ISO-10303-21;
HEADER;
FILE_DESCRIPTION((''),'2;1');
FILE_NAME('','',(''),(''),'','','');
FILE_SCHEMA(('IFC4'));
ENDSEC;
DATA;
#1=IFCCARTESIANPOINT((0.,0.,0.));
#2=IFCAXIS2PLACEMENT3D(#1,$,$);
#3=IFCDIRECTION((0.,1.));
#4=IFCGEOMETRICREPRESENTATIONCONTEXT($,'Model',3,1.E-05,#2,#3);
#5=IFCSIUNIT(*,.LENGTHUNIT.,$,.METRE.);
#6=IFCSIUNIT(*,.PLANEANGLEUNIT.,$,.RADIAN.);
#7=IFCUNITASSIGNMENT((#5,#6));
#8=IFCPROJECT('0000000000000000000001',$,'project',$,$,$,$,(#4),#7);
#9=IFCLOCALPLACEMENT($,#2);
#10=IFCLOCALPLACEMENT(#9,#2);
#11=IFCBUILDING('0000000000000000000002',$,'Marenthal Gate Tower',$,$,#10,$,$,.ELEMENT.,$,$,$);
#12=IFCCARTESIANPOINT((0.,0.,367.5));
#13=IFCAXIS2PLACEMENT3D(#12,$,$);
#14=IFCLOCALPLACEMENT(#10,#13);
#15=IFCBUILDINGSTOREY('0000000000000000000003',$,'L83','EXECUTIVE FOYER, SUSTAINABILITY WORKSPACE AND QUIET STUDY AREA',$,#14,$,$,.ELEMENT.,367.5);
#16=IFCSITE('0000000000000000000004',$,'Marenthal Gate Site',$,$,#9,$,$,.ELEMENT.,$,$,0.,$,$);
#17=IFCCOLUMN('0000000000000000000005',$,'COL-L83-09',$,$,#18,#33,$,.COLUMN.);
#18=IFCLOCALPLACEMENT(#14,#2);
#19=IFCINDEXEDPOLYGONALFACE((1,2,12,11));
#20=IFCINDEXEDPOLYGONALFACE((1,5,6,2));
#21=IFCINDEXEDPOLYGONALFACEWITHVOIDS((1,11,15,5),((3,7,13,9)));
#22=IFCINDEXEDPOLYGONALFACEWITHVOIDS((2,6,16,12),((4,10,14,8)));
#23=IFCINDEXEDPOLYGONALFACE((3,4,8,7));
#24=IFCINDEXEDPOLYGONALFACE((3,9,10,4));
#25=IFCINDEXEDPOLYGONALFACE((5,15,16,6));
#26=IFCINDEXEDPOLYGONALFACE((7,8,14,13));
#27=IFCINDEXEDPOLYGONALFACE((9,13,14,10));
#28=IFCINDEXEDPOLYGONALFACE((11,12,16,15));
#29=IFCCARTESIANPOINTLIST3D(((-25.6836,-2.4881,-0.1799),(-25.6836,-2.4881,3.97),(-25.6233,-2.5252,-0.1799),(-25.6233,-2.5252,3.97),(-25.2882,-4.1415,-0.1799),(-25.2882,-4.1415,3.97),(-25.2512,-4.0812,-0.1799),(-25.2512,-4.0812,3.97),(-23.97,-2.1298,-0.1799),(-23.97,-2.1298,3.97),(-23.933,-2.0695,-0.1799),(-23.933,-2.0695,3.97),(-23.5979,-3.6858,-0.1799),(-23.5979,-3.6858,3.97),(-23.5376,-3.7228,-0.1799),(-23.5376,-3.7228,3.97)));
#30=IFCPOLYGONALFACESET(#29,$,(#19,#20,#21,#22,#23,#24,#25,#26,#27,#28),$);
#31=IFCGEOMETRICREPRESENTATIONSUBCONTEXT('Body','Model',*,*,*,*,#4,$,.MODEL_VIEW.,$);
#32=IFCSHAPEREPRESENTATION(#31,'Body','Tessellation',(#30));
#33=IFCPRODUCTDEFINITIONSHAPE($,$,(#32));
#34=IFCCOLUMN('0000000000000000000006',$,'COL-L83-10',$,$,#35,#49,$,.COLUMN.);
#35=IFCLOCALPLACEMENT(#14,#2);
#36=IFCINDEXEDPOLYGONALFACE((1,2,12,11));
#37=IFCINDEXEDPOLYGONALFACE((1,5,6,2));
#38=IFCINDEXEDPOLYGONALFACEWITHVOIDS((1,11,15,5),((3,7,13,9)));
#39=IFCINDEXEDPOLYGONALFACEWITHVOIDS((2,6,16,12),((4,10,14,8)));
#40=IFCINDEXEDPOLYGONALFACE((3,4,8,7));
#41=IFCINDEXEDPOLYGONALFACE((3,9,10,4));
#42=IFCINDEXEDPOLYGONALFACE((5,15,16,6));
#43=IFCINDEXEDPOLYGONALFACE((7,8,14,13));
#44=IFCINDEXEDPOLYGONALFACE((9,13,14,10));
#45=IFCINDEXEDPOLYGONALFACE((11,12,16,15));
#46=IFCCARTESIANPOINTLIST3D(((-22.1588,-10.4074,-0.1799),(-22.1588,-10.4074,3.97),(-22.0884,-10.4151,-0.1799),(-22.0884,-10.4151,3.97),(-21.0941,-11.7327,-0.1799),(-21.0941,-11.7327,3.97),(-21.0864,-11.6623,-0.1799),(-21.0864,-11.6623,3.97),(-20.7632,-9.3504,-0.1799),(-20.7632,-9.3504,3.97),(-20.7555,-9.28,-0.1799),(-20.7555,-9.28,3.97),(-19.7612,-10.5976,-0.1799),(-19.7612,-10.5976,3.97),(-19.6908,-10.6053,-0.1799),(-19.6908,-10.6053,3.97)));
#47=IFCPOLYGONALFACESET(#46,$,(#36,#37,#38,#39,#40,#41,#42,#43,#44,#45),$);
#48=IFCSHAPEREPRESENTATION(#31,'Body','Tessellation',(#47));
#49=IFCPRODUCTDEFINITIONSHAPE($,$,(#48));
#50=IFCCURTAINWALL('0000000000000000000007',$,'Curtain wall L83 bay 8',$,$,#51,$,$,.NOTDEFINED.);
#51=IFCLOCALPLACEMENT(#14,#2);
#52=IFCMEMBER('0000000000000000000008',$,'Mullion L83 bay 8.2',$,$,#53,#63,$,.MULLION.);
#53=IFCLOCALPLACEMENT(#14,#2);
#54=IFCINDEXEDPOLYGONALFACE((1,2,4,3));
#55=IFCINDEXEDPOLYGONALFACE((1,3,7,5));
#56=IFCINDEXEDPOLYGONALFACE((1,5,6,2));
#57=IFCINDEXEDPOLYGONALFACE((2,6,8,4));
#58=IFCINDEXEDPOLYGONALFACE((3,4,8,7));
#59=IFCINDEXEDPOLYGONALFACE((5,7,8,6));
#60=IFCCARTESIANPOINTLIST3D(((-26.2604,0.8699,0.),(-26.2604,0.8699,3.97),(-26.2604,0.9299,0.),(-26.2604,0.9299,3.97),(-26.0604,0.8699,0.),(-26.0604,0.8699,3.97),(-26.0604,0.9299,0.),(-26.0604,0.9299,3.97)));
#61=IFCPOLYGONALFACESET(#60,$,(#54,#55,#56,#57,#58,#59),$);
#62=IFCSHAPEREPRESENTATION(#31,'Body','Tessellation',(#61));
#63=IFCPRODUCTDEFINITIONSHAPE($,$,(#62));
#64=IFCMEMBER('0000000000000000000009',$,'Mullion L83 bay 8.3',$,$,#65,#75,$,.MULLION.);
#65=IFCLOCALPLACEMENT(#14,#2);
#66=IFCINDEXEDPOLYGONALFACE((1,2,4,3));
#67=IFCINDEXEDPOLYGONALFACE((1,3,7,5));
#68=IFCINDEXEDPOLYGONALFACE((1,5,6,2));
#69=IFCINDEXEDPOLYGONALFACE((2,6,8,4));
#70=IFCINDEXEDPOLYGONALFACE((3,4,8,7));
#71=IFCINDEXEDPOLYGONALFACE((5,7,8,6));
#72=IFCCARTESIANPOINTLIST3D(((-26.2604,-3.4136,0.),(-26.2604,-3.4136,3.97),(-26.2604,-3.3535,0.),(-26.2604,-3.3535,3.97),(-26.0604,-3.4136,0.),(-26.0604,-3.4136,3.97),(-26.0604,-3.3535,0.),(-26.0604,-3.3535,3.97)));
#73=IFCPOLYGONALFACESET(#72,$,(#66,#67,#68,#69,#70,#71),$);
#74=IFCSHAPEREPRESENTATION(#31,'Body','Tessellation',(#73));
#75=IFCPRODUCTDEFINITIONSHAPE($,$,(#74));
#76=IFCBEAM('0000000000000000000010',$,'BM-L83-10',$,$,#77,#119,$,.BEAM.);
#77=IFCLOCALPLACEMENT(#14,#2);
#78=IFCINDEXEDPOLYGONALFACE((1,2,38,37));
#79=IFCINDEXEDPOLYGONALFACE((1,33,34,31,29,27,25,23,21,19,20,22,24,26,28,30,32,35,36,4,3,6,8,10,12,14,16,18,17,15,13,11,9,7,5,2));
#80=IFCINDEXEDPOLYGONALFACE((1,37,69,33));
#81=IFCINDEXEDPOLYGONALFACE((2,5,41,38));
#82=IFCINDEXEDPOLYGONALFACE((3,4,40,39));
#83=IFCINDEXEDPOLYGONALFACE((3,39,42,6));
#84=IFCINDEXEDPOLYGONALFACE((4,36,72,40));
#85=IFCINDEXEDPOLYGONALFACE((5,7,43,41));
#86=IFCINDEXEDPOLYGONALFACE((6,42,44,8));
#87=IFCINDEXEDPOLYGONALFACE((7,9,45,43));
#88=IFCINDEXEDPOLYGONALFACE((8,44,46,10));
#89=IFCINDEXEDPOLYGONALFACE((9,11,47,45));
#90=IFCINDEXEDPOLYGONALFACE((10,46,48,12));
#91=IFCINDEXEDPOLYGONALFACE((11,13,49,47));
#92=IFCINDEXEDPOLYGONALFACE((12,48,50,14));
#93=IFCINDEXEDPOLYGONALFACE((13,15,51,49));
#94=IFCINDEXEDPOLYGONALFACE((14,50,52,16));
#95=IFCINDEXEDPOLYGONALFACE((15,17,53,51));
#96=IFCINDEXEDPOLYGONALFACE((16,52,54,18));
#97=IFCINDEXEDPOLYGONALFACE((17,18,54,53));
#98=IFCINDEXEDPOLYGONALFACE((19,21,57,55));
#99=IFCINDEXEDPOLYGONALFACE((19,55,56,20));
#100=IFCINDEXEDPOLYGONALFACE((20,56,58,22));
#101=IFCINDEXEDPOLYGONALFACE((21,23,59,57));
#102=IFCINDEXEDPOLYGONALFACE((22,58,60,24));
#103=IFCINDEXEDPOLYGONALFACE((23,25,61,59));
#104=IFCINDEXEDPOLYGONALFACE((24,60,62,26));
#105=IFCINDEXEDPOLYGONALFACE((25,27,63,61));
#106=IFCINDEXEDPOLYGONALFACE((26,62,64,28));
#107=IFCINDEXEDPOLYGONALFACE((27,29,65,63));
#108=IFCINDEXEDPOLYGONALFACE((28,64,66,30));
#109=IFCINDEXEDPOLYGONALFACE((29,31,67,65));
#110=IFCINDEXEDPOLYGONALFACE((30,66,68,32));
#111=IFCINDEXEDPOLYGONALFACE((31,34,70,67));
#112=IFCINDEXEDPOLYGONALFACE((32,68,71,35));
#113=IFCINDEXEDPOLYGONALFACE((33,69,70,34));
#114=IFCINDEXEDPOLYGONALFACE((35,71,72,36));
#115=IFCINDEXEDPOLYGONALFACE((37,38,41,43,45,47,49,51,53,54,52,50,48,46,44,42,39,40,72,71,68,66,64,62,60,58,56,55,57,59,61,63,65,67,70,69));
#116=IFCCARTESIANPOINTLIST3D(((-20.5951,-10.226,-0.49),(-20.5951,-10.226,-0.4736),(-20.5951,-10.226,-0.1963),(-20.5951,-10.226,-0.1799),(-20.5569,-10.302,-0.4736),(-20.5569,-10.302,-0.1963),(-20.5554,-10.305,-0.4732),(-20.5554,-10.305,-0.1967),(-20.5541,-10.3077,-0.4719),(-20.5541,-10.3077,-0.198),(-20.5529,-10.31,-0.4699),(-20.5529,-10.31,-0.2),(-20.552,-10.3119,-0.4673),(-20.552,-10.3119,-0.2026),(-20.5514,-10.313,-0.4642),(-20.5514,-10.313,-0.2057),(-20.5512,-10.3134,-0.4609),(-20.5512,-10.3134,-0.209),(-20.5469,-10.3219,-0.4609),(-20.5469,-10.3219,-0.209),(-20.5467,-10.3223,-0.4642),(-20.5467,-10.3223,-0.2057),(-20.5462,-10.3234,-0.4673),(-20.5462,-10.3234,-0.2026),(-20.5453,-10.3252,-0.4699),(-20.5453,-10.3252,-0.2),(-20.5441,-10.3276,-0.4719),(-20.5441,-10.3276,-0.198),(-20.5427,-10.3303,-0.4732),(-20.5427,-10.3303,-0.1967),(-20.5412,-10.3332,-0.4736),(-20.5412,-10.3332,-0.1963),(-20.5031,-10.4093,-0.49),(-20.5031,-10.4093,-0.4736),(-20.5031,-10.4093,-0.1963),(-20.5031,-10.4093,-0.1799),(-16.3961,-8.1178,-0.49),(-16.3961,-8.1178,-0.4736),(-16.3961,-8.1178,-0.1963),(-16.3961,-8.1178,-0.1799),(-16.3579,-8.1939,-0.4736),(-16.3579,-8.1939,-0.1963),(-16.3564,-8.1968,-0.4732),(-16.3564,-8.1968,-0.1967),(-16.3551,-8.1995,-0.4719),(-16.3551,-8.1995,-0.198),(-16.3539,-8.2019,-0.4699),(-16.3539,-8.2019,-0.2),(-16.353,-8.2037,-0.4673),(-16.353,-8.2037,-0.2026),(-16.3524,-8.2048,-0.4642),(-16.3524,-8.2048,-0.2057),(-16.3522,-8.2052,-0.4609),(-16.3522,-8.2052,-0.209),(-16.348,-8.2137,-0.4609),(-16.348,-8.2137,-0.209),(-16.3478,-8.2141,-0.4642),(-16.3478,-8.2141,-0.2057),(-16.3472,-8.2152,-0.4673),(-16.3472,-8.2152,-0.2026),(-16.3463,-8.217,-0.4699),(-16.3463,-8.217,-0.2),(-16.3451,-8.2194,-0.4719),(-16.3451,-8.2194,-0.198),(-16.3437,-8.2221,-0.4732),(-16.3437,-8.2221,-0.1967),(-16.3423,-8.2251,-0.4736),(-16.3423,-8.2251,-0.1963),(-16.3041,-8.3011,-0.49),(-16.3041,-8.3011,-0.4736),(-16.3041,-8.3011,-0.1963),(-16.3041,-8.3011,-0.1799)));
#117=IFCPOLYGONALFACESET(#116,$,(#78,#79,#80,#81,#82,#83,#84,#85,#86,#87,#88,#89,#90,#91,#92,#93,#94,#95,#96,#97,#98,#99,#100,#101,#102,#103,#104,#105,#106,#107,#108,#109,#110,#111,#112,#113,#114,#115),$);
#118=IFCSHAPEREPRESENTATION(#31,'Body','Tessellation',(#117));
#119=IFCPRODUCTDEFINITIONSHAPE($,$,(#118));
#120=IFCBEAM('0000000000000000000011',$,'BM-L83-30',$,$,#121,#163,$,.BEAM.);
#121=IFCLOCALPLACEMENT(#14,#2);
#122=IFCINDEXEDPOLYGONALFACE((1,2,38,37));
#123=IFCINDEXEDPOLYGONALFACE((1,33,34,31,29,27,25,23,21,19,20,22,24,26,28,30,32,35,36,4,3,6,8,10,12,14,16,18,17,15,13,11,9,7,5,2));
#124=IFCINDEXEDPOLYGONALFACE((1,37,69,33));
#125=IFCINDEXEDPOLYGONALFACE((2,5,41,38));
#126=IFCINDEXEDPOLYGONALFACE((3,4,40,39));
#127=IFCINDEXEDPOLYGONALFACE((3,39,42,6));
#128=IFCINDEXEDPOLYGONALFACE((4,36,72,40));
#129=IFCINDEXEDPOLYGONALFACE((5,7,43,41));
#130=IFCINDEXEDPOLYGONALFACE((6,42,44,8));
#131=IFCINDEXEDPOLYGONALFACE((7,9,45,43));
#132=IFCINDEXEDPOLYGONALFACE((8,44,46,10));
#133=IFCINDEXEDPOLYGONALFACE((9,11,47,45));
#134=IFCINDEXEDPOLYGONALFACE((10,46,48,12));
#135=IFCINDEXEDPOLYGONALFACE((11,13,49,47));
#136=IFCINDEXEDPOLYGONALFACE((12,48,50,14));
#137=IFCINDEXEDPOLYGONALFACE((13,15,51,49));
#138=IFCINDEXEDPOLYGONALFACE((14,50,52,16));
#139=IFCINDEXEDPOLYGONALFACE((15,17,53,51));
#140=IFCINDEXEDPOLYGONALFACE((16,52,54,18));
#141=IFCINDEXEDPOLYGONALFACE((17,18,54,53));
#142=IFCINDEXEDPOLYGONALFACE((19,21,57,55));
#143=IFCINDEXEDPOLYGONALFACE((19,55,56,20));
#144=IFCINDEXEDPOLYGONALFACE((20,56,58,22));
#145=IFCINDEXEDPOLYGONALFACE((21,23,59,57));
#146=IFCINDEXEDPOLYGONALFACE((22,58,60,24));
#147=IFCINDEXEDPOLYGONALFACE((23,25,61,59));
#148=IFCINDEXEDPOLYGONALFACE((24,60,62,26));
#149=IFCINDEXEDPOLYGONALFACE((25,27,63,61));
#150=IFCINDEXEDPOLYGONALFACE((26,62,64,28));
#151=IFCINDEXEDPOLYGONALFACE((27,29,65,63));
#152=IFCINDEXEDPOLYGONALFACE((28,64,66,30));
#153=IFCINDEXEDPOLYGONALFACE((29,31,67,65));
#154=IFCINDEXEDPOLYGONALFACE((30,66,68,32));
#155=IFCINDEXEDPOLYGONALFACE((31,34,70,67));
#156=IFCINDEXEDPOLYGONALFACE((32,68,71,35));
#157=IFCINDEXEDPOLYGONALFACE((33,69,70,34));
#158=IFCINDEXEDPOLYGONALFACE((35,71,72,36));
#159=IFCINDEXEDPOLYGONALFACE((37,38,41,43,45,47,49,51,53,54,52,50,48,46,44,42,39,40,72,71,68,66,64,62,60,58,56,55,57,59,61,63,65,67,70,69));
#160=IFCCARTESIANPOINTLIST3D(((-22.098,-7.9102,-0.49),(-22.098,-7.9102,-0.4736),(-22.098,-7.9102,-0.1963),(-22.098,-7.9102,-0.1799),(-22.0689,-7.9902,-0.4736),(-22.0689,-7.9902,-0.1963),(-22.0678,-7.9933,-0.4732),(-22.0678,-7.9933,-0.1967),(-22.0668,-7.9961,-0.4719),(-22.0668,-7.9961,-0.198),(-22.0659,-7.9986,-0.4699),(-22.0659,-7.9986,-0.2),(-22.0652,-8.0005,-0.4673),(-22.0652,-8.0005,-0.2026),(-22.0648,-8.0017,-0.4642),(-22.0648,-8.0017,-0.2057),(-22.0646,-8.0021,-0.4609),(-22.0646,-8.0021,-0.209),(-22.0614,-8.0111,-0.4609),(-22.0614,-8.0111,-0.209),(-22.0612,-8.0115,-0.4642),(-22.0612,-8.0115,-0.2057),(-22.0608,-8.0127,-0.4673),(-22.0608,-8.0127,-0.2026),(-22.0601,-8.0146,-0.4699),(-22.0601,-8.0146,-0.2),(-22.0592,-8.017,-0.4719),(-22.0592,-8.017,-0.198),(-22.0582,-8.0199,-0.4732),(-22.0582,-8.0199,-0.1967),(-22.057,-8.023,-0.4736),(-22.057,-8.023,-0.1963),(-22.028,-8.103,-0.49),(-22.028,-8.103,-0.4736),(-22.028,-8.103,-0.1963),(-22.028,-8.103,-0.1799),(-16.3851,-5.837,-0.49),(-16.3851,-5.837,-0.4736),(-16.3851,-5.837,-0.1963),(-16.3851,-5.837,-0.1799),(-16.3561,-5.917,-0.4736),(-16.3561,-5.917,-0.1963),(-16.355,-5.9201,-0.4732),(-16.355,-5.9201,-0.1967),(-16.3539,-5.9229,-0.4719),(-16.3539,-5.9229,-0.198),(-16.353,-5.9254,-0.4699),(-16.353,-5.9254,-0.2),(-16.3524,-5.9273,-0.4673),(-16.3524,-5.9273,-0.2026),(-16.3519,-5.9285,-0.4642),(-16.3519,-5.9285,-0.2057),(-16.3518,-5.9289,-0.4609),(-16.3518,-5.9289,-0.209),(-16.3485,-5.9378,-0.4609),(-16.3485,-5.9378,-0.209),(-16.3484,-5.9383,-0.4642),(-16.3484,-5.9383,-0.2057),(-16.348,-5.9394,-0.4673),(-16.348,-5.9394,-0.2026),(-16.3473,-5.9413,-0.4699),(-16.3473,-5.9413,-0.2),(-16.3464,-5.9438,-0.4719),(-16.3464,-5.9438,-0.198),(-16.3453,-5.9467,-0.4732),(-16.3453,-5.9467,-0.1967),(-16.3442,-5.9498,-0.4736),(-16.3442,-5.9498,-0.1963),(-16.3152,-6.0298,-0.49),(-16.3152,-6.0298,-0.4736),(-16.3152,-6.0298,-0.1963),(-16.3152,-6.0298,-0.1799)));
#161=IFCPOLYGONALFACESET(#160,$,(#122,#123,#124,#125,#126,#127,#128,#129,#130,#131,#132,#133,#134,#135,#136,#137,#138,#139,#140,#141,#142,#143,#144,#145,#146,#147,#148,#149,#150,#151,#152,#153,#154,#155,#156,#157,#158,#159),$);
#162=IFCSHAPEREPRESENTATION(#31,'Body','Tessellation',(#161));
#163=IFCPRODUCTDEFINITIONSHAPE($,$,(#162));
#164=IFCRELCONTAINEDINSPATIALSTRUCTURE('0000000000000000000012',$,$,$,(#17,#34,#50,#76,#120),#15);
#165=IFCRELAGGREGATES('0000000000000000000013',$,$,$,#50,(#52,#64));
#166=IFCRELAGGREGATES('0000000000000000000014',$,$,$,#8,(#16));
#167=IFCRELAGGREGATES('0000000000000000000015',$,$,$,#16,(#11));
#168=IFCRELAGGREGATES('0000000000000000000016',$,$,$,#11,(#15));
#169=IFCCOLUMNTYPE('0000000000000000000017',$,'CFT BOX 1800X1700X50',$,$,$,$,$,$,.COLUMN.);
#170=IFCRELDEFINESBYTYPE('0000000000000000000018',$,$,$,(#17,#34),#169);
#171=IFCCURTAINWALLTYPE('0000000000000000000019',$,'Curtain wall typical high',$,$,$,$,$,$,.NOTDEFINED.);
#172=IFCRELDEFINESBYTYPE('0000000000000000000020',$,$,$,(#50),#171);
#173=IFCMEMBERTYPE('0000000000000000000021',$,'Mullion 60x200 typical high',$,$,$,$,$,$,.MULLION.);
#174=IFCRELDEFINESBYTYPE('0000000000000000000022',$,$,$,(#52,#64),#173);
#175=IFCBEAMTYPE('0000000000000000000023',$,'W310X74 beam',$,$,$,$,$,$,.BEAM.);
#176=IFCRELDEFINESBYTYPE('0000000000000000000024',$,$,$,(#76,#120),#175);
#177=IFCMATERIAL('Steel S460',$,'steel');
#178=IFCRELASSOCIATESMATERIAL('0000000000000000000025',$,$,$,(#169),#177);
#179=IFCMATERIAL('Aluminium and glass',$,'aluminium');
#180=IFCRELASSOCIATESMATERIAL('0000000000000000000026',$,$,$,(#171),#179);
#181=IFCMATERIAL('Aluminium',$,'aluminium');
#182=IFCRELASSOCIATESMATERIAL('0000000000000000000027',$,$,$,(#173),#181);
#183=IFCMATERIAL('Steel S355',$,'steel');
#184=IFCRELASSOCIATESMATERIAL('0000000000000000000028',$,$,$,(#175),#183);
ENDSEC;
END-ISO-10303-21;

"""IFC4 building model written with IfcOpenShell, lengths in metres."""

from ifc_helpers import new_model, si_unit, direction, frame, origin, origin_2d, place, context, subcontext, project, spatial, rectangle, hollow_rectangle, i_section, extrude, material, material_profile, profile_set, type_object, element, aggregate, save


model = new_model("IFC4")

# Units and contexts
model_context = context("Model", 3, precision=1e-05, world=origin(), true_north=direction((0.0, 1.0)))
body_context = subcontext(model_context, "Body", "Model", "MODEL_VIEW")
ifc_project = project(units=[si_unit("LENGTHUNIT", "METRE"), si_unit("PLANEANGLEUNIT", "RADIAN")], contexts=[model_context])

# Site, building, storey
site_placement = place(None, origin())
site = spatial("IfcSite", under=ifc_project, at=site_placement, Name="Marenthal Gate Site", CompositionType="ELEMENT", RefElevation=0.0)
building_placement = place(site_placement, origin())
building = spatial("IfcBuilding", under=site, at=building_placement, Name="Marenthal Gate Tower", CompositionType="ELEMENT")
storey_placement = place(building_placement, frame((0.0, 0.0, 367.5)))
storey = spatial("IfcBuildingStorey", under=building, at=storey_placement, Name="L83", Description="EXECUTIVE FOYER, SUSTAINABILITY WORKSPACE AND QUIET STUDY AREA", CompositionType="ELEMENT", Elevation=367.5)

# Columns
ifc_material_1 = material(Name="Steel S460", Category="steel")
ifc_material_profile_1 = material_profile(ifc_material_1, hollow_rectangle(XDim=1.7, YDim=1.8, WallThickness=0.05, at=origin_2d()), Name="CFT BOX 1800X1700X50")
ifc_material_2 = material(Name="Concrete 70 MPa", Category="concrete")
ifc_material_profile_2 = material_profile(ifc_material_2, rectangle(XDim=1.6001, YDim=1.7, at=origin_2d()), Name="CFT BOX 1800X1700X50 INFILL")
ifc_profile_set_1 = profile_set([ifc_material_profile_1, ifc_material_profile_2], Name="Steel S460 shell, Concrete 70 MPa infill")
column_type = type_object("IfcColumnType", Name="CFT BOX 1800X1700X50", PredefinedType="COLUMN", material=ifc_profile_set_1)
for number, where, z_axis, x_axis, name in (
    (1, (-24.6106, -3.1055, -0.1799), (0.0, 0.0, 1.0), (-0.232598, 0.972573, 0.0), "COL-L83-09"),
    (2, (-20.9248, -10.5063, -0.1799), (0.0, 0.0, 1.0), (-0.626296, 0.779585, 0.0), "COL-L83-10"),
):
    element("IfcColumn", number, at=place(storey_placement, frame(where, z_axis=z_axis, x_axis=x_axis)), inside=storey, type_object=column_type, Name=name, PredefinedType="COLUMN", context=body_context, shape_type="SweptSolid", body=[
        extrude(hollow_rectangle(XDim=1.7, YDim=1.8, WallThickness=0.05, at=origin_2d()), origin(), (0.0, 0.0, 1.0), 4.1499),
    ])

# Curtain wall, members
ifc_material_3 = material(Name="Aluminium and glass", Category="aluminium")
curtain_wall_type = type_object("IfcCurtainWallType", Name="Curtain wall typical high", PredefinedType="NOTDEFINED", material=ifc_material_3)
curtain_wall_placement = place(storey_placement, origin())
curtain_wall = element("IfcCurtainWall", 3, at=curtain_wall_placement, inside=storey, type_object=curtain_wall_type, Name="Curtain wall L83 bay 8", PredefinedType="NOTDEFINED")
ifc_material_4 = material(Name="Aluminium", Category="aluminium")
ifc_material_profile_3 = material_profile(ifc_material_4, rectangle(XDim=0.2, YDim=0.0601, at=origin_2d()), Name="60x200 aluminium mullion")
ifc_profile_set_2 = profile_set([ifc_material_profile_3], Name="Aluminium")
member_type = type_object("IfcMemberType", Name="Mullion 60x200 typical high", PredefinedType="MULLION", material=ifc_profile_set_2)
member_1_placement = place(storey_placement, frame((-26.1604, 0.8999, 0.0), z_axis=(0.0, 0.0, 1.0), x_axis=(1.0, 0.0, 0.0)))
member_1 = element("IfcMember", 4, at=member_1_placement, type_object=member_type, Name="Mullion L83 bay 8.2", PredefinedType="MULLION", context=body_context, shape_type="SweptSolid", body=[
    extrude(rectangle(XDim=0.2, YDim=0.0601, at=origin_2d()), origin(), (0.0, 0.0, 1.0), 3.97),
])
member_2_placement = place(storey_placement, frame((-26.1604, -3.3835, 0.0), z_axis=(0.0, 0.0, 1.0), x_axis=(1.0, 0.0, 0.0)))
member_2 = element("IfcMember", 5, at=member_2_placement, type_object=member_type, Name="Mullion L83 bay 8.3", PredefinedType="MULLION", context=body_context, shape_type="SweptSolid", body=[
    extrude(rectangle(XDim=0.2, YDim=0.0601, at=origin_2d()), origin(), (0.0, 0.0, 1.0), 3.97),
])

# Beams
ifc_material_5 = material(Name="Steel S355", Category="steel")
ifc_material_profile_4 = material_profile(ifc_material_5, i_section(OverallWidth=0.2051, OverallDepth=0.3101, WebThickness=0.0095, FlangeThickness=0.0164, FilletRadius=0.0127, at=origin_2d()), Name="W310X74")
ifc_profile_set_3 = profile_set([ifc_material_profile_4], Name="Steel S355")
beam_type_1 = type_object("IfcBeamType", Name="W310X74 beam", PredefinedType="BEAM", material=ifc_profile_set_3)
beam_1_placement = place(storey_placement, frame((-20.5491, -10.3176, -0.335), z_axis=(0.893688, 0.448689, 0.0), x_axis=(-0.448689, 0.893688, 0.0)))
element("IfcBeam", 6, at=beam_1_placement, inside=storey, type_object=beam_type_1, Name="BM-L83-10", PredefinedType="BEAM", context=body_context, shape_type="SweptSolid", body=[
    extrude(i_section(OverallWidth=0.2051, OverallDepth=0.3101, WebThickness=0.0095, FlangeThickness=0.0164, FilletRadius=0.0127, at=origin_2d()), origin(), (0.0, 0.0, 1.0), 4.6985),
])
beam_2_placement = place(storey_placement, frame((-22.063, -8.0066, -0.335), z_axis=(0.940014, 0.341137, 0.0), x_axis=(-0.341137, 0.940014, 0.0)))
element("IfcBeam", 7, at=beam_2_placement, inside=storey, type_object=beam_type_1, Name="BM-L83-30", PredefinedType="BEAM", context=body_context, shape_type="SweptSolid", body=[
    extrude(i_section(OverallWidth=0.2051, OverallDepth=0.3101, WebThickness=0.0095, FlangeThickness=0.0164, FilletRadius=0.0127, at=origin_2d()), origin(), (0.0, 0.0, 1.0), 6.0774),
])

aggregate(curtain_wall, [member_1, member_2])

save(model, "model.ifc")
